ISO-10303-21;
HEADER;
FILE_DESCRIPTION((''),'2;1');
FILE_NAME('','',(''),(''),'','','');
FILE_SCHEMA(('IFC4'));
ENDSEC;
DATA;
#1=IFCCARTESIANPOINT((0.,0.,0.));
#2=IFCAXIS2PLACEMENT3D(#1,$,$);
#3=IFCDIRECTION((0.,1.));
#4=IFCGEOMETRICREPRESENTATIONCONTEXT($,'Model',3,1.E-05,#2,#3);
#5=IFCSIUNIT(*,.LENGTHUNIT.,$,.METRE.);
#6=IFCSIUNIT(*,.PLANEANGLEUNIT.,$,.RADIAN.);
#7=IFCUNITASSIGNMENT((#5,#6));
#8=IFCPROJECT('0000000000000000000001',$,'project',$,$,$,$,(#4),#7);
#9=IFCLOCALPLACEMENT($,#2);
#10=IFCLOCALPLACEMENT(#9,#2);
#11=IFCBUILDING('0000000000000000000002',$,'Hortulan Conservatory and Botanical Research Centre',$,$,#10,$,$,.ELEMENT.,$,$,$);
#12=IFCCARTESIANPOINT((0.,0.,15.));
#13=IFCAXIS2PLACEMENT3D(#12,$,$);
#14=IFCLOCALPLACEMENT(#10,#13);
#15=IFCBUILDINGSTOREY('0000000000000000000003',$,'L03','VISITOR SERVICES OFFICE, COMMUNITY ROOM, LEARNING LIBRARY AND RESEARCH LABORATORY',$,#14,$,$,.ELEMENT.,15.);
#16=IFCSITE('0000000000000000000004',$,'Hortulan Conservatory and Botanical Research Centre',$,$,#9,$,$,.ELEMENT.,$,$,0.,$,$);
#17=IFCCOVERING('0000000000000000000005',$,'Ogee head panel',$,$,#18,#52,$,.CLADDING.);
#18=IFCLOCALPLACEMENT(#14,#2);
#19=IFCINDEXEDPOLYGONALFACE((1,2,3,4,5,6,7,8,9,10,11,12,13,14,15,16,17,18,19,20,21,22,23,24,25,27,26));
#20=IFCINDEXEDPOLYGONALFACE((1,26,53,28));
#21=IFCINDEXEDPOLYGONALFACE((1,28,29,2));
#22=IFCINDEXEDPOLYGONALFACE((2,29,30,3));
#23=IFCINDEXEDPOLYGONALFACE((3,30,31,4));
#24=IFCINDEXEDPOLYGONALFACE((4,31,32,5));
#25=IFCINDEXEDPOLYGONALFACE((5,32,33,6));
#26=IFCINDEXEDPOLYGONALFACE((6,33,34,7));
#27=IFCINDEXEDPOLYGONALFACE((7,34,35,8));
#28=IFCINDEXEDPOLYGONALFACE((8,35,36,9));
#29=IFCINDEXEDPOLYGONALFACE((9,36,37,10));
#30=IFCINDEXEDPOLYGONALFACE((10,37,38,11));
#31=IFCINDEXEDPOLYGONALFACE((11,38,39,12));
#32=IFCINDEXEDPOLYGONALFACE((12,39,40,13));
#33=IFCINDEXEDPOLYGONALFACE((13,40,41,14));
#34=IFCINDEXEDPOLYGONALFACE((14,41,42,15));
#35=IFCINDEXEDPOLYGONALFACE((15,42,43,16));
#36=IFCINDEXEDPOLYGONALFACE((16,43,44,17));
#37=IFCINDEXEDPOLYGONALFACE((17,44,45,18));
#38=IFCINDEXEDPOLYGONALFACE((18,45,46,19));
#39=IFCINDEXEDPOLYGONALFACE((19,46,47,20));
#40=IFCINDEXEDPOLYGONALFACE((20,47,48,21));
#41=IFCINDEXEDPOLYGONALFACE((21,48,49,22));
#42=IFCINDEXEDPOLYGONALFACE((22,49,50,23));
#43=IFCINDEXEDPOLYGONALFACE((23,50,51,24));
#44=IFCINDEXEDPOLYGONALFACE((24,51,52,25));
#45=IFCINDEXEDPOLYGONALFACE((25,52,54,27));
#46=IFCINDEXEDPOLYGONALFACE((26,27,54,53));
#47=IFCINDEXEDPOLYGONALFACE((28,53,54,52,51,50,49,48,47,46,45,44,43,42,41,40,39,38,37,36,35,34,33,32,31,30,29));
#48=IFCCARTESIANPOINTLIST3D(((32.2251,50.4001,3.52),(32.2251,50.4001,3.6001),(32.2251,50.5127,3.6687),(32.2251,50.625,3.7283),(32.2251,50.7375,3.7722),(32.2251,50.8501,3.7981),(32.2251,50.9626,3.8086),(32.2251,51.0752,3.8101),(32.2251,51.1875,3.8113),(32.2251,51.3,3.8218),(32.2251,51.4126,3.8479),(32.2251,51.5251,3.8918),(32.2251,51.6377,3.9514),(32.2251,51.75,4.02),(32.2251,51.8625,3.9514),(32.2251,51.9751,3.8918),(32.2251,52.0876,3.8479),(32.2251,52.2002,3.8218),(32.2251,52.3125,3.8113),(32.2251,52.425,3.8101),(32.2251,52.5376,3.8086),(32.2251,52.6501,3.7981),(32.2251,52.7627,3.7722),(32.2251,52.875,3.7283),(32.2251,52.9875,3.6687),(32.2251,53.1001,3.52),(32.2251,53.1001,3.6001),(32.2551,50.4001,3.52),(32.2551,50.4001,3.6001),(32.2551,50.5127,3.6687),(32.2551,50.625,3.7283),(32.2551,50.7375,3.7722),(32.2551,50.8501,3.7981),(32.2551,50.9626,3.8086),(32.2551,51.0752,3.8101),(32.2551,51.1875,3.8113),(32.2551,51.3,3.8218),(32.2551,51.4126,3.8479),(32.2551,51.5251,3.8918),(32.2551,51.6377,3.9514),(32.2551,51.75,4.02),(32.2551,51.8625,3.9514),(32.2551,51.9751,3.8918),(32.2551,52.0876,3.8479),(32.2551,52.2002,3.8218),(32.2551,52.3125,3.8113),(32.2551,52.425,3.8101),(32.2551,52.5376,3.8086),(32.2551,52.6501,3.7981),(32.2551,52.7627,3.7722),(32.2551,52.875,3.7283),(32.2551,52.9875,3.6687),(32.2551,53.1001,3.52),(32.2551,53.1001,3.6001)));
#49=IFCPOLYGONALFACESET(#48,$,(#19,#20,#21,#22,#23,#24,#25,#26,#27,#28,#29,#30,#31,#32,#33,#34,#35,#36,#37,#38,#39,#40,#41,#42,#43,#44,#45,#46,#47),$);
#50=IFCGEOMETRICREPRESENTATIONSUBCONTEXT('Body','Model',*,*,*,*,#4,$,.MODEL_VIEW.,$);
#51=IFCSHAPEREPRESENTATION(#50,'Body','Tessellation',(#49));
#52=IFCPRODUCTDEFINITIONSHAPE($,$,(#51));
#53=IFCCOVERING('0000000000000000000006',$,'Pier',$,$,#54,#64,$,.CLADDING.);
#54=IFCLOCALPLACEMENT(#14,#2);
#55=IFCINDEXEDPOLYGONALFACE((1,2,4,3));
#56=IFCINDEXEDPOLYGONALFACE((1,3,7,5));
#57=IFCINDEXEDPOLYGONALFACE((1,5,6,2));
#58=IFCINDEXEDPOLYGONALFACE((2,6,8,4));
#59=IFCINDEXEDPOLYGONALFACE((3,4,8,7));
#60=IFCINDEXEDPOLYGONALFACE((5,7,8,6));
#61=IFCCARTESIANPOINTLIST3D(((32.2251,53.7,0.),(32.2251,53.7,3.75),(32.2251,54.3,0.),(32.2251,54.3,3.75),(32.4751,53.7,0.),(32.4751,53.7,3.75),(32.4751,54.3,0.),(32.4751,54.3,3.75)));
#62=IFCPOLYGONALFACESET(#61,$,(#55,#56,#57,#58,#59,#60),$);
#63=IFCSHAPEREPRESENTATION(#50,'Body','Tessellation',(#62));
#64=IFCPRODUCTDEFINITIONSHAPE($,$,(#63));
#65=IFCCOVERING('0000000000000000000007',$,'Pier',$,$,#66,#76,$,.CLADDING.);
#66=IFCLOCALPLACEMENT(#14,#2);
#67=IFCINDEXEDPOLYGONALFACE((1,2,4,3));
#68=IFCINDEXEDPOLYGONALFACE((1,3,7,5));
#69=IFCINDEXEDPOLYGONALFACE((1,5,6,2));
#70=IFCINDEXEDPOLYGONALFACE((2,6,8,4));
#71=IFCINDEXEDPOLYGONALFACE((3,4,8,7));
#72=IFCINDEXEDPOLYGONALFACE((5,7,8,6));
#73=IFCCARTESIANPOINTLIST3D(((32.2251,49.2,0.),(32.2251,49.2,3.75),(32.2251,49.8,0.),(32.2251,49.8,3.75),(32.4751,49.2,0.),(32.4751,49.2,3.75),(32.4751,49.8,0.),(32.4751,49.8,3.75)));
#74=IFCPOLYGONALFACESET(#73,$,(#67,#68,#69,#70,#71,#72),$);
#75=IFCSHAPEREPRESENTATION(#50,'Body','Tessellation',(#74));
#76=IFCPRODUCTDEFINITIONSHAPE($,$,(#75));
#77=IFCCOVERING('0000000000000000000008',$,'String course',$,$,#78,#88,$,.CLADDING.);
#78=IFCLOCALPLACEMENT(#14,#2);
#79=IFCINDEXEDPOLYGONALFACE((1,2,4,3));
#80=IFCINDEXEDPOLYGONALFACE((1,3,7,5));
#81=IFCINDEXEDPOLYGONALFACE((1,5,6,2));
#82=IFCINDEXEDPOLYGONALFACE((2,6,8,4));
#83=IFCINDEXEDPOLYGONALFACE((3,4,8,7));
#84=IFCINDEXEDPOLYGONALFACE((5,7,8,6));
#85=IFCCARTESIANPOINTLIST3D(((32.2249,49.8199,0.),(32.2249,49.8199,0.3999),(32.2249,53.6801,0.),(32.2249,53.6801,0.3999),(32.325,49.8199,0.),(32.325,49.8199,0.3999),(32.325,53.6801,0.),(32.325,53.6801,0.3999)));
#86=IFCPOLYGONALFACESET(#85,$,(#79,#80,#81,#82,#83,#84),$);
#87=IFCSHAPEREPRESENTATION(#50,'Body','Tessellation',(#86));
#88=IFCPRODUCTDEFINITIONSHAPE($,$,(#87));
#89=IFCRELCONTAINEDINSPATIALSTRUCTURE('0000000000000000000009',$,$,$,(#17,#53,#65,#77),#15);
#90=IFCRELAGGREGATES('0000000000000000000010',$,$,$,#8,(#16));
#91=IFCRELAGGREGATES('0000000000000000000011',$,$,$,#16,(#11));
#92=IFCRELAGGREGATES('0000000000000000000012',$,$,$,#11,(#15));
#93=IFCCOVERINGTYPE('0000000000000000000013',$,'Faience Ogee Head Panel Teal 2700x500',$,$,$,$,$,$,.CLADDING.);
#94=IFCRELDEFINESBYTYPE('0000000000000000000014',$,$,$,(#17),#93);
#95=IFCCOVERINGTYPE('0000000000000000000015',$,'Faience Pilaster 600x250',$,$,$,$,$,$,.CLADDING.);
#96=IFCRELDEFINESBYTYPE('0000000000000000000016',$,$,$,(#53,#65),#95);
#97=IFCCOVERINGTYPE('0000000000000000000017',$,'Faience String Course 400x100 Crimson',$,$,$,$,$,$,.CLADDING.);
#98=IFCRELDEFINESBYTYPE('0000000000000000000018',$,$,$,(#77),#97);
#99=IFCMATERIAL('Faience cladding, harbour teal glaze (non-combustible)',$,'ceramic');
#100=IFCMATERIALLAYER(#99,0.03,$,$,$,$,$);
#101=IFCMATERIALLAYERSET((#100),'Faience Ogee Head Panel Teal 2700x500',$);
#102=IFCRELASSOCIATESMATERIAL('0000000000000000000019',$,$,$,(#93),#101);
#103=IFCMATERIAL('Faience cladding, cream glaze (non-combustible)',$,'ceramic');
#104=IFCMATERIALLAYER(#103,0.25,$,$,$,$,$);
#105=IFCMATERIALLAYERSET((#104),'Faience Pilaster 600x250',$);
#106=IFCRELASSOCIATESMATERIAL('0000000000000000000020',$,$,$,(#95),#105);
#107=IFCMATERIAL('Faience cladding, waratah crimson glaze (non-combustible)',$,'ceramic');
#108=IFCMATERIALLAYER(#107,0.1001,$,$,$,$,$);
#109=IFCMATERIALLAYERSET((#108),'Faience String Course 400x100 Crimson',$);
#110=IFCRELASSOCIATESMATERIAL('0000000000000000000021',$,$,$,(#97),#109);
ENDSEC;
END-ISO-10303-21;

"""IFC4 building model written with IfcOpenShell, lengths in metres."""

from ifc_helpers import new_model, si_unit, direction, frame, origin, origin_2d, place, context, subcontext, project, spatial, polyline, rectangle, outline, extrude, material, layer, layer_set, type_object, element, save


model = new_model("IFC4")

# Units and contexts
model_context = context("Model", 3, precision=1e-05, world=origin(), true_north=direction((0.0, 1.0)))
body_context = subcontext(model_context, "Body", "Model", "MODEL_VIEW")
ifc_project = project(units=[si_unit("LENGTHUNIT", "METRE"), si_unit("PLANEANGLEUNIT", "RADIAN")], contexts=[model_context])

# Site, building, storey
site_placement = place(None, origin())
site = spatial("IfcSite", under=ifc_project, at=site_placement, Name="Hortulan Conservatory and Botanical Research Centre", CompositionType="ELEMENT", RefElevation=0.0)
building_placement = place(site_placement, origin())
building = spatial("IfcBuilding", under=site, at=building_placement, Name="Hortulan Conservatory and Botanical Research Centre", CompositionType="ELEMENT")
storey_placement = place(building_placement, frame((0.0, 0.0, 15.0)))
storey = spatial("IfcBuildingStorey", under=building, at=storey_placement, Name="L03", Description="VISITOR SERVICES OFFICE, COMMUNITY ROOM, LEARNING LIBRARY AND RESEARCH LABORATORY", CompositionType="ELEMENT", Elevation=15.0)

# Coverings
ifc_material_1 = material(Name="Faience cladding, harbour teal glaze (non-combustible)", Category="ceramic")
ifc_layer_1 = layer(ifc_material_1, 0.03)
ifc_layer_set_1 = layer_set([ifc_layer_1], Name="Faience Ogee Head Panel Teal 2700x500")
covering_type_1 = type_object("IfcCoveringType", Name="Faience Ogee Head Panel Teal 2700x500", PredefinedType="CLADDING", material=ifc_layer_set_1)
covering_1_placement = place(storey_placement, frame((32.24, 53.1001, 3.52), z_axis=(0.0, 0.0, 1.0), x_axis=(0.0, -1.0, 0.0)))
element("IfcCovering", 1, at=covering_1_placement, inside=storey, type_object=covering_type_1, Name="Ogee head panel", PredefinedType="CLADDING", context=body_context, shape_type="SweptSolid", body=[
    extrude(outline(polyline([(0.0, 0.0), (2.7, 0.0), (2.7, 0.0801), (2.5874, 0.1487), (2.4751, 0.2083), (2.3625, 0.2522), (2.25, 0.2781), (2.1375, 0.2886), (2.0249, 0.29), (1.9126, 0.2913), (1.8, 0.3018), (1.6875, 0.3279), (1.575, 0.3718), (1.4624, 0.4314), (1.3501, 0.5), (1.2375, 0.4314), (1.125, 0.3718), (1.0125, 0.3279), (0.8999, 0.3018), (0.7876, 0.2913), (0.675, 0.29), (0.5625, 0.2886), (0.45, 0.2781), (0.3374, 0.2522), (0.2251, 0.2083), (0.1125, 0.1487), (0.0, 0.0801), (0.0, 0.0)])), frame((0.0, 0.0151, 0.0), z_axis=(0.0, -1.0, 0.0), x_axis=(1.0, 0.0, 0.0)), (0.0, 0.0, 1.0), 0.03),
])
ifc_material_2 = material(Name="Faience cladding, cream glaze (non-combustible)", Category="ceramic")
ifc_layer_2 = layer(ifc_material_2, 0.25)
ifc_layer_set_2 = layer_set([ifc_layer_2], Name="Faience Pilaster 600x250")
covering_type_2 = type_object("IfcCoveringType", Name="Faience Pilaster 600x250", PredefinedType="CLADDING", material=ifc_layer_set_2)
for number, where, z_axis, x_axis, name in (
    (2, (32.3501, 54.0, 0.0), (0.0, 0.0, 1.0), (0.0, -1.0, 0.0), "Pier"),
    (3, (32.3501, 49.5, 0.0), (0.0, 0.0, 1.0), (0.0, -1.0, 0.0), "Pier"),
):
    element("IfcCovering", number, at=place(storey_placement, frame(where, z_axis=z_axis, x_axis=x_axis)), inside=storey, type_object=covering_type_2, Name=name, PredefinedType="CLADDING", context=body_context, shape_type="SweptSolid", body=[
        extrude(rectangle(XDim=0.6001, YDim=0.25, at=origin_2d()), origin(), (0.0, 0.0, 1.0), 3.75),
    ])
ifc_material_3 = material(Name="Faience cladding, waratah crimson glaze (non-combustible)", Category="ceramic")
ifc_layer_3 = layer(ifc_material_3, 0.1001)
ifc_layer_set_3 = layer_set([ifc_layer_3], Name="Faience String Course 400x100 Crimson")
covering_type_3 = type_object("IfcCoveringType", Name="Faience String Course 400x100 Crimson", PredefinedType="CLADDING", material=ifc_layer_set_3)
covering_2_placement = place(storey_placement, frame((32.2749, 51.75, 0.0), z_axis=(0.0, 0.0, 1.0), x_axis=(0.0, -1.0, 0.0)))
element("IfcCovering", 4, at=covering_2_placement, inside=storey, type_object=covering_type_3, Name="String course", PredefinedType="CLADDING", context=body_context, shape_type="SweptSolid", body=[
    extrude(rectangle(XDim=3.8601, YDim=0.1001, at=origin_2d()), origin(), (0.0, 0.0, 1.0), 0.3999),
])

save(model, "model.ifc")
